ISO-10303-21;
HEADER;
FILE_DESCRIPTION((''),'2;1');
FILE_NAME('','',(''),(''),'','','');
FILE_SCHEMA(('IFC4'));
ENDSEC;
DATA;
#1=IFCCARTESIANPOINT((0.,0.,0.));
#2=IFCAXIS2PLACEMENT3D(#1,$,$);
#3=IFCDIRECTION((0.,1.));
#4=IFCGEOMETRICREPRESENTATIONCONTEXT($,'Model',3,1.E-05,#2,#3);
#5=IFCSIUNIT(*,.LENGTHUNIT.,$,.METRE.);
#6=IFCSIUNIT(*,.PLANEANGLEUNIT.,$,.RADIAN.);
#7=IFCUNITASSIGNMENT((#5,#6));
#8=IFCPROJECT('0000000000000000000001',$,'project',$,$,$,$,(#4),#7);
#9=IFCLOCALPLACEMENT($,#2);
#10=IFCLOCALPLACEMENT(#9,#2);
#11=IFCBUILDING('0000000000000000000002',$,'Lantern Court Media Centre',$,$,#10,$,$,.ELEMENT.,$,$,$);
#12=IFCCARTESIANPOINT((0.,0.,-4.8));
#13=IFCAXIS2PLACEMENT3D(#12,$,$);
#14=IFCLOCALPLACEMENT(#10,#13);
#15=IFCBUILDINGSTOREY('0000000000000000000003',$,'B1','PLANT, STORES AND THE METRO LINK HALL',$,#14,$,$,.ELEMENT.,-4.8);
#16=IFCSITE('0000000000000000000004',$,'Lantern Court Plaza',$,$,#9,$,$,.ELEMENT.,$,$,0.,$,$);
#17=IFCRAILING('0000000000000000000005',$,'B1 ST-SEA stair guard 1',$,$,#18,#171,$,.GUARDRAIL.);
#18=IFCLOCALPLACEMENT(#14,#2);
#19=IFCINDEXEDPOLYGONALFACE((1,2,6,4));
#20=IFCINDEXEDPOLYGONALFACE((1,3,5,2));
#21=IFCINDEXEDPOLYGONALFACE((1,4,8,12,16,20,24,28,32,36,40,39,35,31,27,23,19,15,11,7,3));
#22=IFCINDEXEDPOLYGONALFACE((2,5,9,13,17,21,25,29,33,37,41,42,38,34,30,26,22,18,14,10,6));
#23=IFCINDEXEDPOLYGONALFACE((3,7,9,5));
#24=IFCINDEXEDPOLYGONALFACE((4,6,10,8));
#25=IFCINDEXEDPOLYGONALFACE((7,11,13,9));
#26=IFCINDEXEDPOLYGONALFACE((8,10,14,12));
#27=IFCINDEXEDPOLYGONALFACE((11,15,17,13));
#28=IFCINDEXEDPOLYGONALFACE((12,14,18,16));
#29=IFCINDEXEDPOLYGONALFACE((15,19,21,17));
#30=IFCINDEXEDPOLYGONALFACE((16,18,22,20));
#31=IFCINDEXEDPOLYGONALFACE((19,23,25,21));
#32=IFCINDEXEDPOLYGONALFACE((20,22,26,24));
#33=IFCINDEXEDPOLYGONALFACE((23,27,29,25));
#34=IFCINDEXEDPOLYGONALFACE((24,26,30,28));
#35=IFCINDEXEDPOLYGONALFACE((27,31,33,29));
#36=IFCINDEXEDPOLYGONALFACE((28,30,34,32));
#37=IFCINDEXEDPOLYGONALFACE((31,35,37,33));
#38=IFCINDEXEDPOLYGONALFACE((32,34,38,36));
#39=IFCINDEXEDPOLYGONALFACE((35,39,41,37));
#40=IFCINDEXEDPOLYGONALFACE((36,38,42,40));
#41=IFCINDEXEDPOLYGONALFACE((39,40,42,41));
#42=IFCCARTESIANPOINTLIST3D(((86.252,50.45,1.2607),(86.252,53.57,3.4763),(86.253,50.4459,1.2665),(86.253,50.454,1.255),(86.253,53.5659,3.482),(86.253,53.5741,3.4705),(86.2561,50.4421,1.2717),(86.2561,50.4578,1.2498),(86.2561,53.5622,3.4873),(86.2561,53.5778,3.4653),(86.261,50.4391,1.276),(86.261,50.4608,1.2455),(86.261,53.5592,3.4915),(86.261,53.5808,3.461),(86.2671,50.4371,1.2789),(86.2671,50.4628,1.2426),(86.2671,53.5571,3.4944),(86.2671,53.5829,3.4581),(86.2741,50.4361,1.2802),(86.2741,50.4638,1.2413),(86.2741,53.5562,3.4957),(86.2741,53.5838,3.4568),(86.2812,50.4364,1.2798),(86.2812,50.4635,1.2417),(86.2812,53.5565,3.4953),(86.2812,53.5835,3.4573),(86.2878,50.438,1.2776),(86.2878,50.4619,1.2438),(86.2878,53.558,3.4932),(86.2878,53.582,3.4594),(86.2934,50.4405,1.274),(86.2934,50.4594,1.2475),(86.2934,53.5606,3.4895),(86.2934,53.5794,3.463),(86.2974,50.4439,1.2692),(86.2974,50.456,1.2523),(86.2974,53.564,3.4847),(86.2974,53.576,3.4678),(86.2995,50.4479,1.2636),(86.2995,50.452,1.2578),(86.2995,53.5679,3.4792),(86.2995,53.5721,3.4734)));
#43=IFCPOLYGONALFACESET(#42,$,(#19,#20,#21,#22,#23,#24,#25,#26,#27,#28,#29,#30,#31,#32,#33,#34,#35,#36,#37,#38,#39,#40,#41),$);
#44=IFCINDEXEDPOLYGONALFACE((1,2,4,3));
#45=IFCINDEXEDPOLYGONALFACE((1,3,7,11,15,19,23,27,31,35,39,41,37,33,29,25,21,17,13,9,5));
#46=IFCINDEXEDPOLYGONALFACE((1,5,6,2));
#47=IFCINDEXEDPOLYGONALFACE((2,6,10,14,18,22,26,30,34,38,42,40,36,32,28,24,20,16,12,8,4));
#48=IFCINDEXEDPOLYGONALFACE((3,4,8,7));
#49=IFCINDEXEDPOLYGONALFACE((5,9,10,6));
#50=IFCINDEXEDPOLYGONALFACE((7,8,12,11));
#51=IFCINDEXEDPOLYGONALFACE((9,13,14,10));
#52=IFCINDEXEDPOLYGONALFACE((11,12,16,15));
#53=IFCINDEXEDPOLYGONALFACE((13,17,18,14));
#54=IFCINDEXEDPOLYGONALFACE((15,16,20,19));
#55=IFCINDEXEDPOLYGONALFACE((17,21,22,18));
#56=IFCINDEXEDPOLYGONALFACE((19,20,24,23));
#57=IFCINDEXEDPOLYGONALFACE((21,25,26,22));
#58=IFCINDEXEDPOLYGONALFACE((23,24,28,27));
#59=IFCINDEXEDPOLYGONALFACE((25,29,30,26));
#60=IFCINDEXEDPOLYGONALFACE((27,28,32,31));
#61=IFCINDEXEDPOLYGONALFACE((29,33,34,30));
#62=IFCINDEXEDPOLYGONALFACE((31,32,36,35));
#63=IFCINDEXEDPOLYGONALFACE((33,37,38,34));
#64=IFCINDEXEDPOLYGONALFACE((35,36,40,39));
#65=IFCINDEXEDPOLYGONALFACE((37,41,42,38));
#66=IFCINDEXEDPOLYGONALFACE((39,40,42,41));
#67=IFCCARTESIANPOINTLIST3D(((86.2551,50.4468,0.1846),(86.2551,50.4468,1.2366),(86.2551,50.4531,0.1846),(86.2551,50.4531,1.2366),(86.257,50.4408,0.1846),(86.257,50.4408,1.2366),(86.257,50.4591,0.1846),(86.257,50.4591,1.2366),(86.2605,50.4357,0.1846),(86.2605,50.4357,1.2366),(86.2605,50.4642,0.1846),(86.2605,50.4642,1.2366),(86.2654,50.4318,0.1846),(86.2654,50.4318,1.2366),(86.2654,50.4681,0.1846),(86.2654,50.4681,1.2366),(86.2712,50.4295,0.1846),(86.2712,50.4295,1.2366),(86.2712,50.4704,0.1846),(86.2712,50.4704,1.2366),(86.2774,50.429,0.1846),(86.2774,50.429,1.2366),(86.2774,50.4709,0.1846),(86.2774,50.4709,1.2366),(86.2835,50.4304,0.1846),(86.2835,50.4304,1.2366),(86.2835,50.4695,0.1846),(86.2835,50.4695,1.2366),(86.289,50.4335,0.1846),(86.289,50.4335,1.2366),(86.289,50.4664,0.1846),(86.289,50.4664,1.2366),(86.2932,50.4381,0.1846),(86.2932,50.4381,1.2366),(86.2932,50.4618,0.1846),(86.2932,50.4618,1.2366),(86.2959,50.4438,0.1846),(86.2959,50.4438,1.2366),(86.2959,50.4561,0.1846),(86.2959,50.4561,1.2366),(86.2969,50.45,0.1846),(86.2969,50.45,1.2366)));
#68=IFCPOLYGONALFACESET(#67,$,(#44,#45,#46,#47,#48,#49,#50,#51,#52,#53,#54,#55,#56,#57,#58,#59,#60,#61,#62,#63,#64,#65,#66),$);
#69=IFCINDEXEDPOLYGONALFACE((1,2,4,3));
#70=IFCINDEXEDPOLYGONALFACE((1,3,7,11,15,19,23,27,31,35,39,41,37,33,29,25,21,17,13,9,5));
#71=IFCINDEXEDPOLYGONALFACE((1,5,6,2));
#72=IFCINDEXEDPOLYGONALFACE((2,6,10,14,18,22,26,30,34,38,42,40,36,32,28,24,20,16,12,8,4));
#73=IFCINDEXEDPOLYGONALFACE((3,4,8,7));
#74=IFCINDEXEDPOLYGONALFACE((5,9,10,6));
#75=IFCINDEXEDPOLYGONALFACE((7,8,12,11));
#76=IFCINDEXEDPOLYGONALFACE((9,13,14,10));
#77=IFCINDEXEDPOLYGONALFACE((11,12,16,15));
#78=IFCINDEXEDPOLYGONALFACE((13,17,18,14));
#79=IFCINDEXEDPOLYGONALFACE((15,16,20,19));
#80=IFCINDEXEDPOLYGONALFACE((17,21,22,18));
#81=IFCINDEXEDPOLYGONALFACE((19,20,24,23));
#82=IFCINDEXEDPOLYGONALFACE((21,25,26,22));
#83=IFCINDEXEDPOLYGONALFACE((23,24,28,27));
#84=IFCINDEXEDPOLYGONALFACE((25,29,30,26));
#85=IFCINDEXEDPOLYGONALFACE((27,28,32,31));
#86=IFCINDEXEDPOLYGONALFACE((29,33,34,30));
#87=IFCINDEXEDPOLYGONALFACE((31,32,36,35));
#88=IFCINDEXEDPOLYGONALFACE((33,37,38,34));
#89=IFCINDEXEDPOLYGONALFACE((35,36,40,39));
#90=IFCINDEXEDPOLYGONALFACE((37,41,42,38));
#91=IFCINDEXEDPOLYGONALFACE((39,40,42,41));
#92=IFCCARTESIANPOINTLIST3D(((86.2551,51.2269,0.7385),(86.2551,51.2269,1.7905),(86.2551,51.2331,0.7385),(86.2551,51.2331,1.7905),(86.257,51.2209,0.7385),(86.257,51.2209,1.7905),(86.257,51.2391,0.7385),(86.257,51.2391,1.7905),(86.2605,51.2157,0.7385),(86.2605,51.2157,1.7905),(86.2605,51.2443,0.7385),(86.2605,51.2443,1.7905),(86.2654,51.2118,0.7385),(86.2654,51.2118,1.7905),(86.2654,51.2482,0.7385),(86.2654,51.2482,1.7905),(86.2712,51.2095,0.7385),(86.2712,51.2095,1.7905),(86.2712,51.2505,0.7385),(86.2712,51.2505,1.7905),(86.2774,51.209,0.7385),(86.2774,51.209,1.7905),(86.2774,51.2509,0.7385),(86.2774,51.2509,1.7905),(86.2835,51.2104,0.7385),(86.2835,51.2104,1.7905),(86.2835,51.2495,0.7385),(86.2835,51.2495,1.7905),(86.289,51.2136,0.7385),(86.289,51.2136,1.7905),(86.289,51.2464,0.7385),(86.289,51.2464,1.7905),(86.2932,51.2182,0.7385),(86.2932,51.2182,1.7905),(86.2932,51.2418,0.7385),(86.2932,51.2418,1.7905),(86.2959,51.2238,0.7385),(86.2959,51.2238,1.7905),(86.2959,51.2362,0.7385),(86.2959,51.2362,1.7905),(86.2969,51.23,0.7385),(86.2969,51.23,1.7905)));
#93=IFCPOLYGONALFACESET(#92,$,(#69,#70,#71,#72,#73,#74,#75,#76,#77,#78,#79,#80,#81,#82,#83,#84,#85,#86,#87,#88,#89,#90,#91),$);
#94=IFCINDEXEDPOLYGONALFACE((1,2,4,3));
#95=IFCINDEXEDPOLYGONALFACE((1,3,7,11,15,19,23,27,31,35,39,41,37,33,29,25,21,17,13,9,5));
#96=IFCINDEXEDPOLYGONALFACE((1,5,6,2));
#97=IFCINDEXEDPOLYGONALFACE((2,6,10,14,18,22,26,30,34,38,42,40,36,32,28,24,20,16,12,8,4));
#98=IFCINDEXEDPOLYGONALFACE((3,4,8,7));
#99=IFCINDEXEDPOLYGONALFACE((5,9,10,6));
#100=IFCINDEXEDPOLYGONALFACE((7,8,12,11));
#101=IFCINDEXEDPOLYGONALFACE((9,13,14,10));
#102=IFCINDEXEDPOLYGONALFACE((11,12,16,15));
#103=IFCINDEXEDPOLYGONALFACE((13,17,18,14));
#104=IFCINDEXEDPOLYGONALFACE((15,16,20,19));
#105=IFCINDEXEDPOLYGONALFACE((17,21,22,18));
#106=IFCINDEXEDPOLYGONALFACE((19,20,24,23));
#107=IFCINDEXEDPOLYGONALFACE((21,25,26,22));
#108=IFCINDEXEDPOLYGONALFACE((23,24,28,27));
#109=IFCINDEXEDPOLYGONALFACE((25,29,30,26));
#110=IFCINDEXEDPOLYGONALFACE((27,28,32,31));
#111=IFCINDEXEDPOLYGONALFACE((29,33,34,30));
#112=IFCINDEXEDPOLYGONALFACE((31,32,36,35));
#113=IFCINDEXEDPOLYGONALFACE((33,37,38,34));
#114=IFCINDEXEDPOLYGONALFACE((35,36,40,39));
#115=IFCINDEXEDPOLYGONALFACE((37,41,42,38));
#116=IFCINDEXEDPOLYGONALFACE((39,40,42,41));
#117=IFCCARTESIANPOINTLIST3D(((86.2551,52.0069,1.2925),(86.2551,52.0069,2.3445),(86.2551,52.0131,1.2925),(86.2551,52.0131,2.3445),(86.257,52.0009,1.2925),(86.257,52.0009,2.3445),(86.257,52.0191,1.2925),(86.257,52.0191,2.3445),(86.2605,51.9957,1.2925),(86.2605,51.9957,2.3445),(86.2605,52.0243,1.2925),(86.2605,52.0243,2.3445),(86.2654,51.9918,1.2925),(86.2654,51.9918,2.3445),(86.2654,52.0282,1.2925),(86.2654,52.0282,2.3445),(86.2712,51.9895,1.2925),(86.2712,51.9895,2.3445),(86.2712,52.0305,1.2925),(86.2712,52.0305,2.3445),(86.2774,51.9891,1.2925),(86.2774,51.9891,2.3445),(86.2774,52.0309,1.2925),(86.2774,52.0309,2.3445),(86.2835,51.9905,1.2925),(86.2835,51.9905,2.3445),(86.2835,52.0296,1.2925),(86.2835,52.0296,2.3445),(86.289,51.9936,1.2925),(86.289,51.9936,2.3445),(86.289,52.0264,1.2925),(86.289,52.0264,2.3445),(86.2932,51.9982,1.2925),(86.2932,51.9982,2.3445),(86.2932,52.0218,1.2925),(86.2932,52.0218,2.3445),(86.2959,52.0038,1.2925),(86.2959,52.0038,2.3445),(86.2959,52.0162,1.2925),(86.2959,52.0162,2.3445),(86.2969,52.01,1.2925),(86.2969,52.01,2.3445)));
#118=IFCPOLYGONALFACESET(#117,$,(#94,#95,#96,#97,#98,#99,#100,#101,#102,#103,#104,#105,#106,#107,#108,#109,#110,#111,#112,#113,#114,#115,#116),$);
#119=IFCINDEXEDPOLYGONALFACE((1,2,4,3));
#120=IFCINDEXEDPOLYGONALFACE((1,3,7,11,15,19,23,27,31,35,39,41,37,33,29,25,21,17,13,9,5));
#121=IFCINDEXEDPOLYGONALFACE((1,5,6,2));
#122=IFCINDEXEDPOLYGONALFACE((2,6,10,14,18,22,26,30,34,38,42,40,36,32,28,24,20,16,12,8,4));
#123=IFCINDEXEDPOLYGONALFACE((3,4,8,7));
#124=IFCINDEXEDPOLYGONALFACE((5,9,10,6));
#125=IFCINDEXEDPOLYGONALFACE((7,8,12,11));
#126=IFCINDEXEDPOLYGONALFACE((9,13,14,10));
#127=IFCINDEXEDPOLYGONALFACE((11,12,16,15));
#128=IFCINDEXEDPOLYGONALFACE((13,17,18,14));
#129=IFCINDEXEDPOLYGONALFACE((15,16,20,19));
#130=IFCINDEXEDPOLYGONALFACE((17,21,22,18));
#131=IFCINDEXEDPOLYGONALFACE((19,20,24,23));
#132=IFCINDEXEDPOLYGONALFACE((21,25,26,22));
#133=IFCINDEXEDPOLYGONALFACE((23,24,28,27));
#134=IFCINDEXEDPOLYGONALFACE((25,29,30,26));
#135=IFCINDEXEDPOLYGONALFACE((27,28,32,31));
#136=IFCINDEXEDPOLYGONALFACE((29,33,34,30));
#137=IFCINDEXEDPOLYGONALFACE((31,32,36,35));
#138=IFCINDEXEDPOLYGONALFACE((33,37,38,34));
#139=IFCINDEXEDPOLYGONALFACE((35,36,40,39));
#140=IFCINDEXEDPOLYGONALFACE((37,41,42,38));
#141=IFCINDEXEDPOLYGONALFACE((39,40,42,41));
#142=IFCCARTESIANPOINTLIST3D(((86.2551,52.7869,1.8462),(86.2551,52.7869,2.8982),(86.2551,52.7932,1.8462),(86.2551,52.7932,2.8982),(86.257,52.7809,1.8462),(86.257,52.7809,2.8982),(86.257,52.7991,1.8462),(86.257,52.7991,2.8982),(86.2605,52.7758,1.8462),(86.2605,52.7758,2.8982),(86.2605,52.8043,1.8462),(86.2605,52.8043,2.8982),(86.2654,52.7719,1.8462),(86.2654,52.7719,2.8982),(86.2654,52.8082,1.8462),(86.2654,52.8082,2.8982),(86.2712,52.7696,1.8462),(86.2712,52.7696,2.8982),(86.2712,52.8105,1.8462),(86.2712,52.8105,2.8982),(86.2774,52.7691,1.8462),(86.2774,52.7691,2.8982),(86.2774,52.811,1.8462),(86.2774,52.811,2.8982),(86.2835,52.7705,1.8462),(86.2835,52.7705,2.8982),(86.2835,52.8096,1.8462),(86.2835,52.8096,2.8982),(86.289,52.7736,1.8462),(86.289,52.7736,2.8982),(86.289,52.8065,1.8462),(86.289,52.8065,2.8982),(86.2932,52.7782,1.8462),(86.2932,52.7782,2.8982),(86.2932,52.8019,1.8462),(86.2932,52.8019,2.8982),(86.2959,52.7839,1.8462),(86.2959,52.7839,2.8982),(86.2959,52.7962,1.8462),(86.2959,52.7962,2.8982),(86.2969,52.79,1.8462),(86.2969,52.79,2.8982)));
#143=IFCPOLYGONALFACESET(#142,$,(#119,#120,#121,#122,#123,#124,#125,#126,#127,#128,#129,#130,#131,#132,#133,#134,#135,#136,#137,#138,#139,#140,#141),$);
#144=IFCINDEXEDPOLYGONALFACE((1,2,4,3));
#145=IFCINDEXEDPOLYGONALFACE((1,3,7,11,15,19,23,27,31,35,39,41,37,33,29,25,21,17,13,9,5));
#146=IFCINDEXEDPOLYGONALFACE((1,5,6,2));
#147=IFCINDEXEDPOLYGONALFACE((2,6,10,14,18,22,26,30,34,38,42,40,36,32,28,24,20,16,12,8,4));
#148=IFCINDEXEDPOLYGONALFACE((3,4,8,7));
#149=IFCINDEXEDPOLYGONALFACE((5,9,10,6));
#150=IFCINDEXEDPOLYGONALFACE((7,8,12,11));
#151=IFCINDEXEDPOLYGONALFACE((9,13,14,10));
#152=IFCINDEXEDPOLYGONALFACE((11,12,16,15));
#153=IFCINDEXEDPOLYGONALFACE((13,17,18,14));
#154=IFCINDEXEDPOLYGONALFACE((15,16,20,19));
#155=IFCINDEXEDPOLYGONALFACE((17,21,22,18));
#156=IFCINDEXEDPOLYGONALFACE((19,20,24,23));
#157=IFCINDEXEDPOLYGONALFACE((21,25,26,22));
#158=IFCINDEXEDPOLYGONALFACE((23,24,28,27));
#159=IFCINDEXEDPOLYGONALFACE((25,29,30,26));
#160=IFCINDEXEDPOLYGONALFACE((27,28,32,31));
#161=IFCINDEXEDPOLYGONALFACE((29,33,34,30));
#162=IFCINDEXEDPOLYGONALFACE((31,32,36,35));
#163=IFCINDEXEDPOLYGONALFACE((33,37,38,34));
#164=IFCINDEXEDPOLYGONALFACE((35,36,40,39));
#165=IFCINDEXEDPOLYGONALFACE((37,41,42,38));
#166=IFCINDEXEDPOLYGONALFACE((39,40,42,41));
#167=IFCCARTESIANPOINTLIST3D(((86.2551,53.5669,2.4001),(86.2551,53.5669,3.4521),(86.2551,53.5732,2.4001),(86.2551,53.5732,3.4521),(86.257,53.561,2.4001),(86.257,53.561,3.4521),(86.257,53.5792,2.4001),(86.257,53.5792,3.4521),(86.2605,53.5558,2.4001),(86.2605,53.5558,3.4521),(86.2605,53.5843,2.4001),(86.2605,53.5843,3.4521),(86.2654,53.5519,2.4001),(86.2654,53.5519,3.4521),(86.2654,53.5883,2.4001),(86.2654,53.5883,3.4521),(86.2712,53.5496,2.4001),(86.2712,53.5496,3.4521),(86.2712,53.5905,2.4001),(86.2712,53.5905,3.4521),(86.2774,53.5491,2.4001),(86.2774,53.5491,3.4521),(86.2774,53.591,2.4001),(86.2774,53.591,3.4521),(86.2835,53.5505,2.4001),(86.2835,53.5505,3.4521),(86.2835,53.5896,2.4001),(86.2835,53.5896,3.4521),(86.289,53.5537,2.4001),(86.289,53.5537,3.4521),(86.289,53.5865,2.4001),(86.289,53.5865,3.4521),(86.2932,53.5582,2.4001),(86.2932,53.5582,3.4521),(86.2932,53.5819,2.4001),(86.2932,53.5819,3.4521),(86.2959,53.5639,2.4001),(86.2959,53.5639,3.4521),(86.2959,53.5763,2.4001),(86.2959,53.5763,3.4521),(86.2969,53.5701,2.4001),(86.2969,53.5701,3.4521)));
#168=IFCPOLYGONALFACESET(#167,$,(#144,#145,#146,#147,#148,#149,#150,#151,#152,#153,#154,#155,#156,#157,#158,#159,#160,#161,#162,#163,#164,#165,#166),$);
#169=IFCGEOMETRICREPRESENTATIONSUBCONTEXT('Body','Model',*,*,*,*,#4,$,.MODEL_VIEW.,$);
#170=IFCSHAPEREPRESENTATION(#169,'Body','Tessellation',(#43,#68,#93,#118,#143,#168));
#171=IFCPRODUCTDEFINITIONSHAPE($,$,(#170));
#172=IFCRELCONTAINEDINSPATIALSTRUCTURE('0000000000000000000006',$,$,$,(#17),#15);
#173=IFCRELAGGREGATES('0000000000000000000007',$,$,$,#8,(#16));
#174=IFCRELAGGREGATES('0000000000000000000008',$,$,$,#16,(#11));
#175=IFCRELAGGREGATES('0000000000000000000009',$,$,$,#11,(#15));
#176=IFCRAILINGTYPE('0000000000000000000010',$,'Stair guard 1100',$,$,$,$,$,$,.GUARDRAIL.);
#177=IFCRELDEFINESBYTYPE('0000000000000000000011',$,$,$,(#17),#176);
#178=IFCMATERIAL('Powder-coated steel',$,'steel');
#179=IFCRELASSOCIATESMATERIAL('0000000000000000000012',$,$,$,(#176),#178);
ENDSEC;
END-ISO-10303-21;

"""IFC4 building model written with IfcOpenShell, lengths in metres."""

from ifc_helpers import new_model, si_unit, direction, frame, origin, origin_2d, place, context, subcontext, project, spatial, circle, extrude, material, type_object, element, save


model = new_model("IFC4")

# Units and contexts
model_context = context("Model", 3, precision=1e-05, world=origin(), true_north=direction((0.0, 1.0)))
body_context = subcontext(model_context, "Body", "Model", "MODEL_VIEW")
ifc_project = project(units=[si_unit("LENGTHUNIT", "METRE"), si_unit("PLANEANGLEUNIT", "RADIAN")], contexts=[model_context])

# Site, building, storey
site_placement = place(None, origin())
site = spatial("IfcSite", under=ifc_project, at=site_placement, Name="Lantern Court Plaza", CompositionType="ELEMENT", RefElevation=0.0)
building_placement = place(site_placement, origin())
building = spatial("IfcBuilding", under=site, at=building_placement, Name="Lantern Court Media Centre", CompositionType="ELEMENT")
storey_placement = place(building_placement, frame((0.0, 0.0, -4.8)))
storey = spatial("IfcBuildingStorey", under=building, at=storey_placement, Name="B1", Description="PLANT, STORES AND THE METRO LINK HALL", CompositionType="ELEMENT", Elevation=-4.8)

# Railing
ifc_material_1 = material(Name="Powder-coated steel", Category="steel")
railing_type_1 = type_object("IfcRailingType", Name="Stair guard 1100", PredefinedType="GUARDRAIL", material=ifc_material_1)
railing_1_placement = place(storey_placement, frame((86.2759, 50.45, 0.1846)))
element("IfcRailing", 1, at=railing_1_placement, inside=storey, type_object=railing_type_1, Name="B1 ST-SEA stair guard 1", PredefinedType="GUARDRAIL", context=body_context, shape_type="SweptSolid", body=[
    extrude(circle(Radius=0.0239, at=origin_2d()), frame((0.0, 0.0, 1.0762), z_axis=(0.0, 0.815347, 0.578973), x_axis=(-1.0, 0.0, 0.0)), (0.0, 0.0, 1.0), 3.8267),
    extrude(circle(Radius=0.021, at=origin_2d()), origin(), (0.0, 0.0, 1.0), 1.052),
    extrude(circle(Radius=0.021, at=origin_2d()), frame((0.0, 0.78, 0.554)), (0.0, 0.0, 1.0), 1.052),
    extrude(circle(Radius=0.021, at=origin_2d()), frame((0.0, 1.5601, 1.1079)), (0.0, 0.0, 1.0), 1.052),
    extrude(circle(Radius=0.021, at=origin_2d()), frame((0.0, 2.3401, 1.6616)), (0.0, 0.0, 1.0), 1.052),
    extrude(circle(Radius=0.021, at=origin_2d()), frame((0.0, 3.1201, 2.2156)), (0.0, 0.0, 1.0), 1.052),
])

save(model, "model.ifc")
